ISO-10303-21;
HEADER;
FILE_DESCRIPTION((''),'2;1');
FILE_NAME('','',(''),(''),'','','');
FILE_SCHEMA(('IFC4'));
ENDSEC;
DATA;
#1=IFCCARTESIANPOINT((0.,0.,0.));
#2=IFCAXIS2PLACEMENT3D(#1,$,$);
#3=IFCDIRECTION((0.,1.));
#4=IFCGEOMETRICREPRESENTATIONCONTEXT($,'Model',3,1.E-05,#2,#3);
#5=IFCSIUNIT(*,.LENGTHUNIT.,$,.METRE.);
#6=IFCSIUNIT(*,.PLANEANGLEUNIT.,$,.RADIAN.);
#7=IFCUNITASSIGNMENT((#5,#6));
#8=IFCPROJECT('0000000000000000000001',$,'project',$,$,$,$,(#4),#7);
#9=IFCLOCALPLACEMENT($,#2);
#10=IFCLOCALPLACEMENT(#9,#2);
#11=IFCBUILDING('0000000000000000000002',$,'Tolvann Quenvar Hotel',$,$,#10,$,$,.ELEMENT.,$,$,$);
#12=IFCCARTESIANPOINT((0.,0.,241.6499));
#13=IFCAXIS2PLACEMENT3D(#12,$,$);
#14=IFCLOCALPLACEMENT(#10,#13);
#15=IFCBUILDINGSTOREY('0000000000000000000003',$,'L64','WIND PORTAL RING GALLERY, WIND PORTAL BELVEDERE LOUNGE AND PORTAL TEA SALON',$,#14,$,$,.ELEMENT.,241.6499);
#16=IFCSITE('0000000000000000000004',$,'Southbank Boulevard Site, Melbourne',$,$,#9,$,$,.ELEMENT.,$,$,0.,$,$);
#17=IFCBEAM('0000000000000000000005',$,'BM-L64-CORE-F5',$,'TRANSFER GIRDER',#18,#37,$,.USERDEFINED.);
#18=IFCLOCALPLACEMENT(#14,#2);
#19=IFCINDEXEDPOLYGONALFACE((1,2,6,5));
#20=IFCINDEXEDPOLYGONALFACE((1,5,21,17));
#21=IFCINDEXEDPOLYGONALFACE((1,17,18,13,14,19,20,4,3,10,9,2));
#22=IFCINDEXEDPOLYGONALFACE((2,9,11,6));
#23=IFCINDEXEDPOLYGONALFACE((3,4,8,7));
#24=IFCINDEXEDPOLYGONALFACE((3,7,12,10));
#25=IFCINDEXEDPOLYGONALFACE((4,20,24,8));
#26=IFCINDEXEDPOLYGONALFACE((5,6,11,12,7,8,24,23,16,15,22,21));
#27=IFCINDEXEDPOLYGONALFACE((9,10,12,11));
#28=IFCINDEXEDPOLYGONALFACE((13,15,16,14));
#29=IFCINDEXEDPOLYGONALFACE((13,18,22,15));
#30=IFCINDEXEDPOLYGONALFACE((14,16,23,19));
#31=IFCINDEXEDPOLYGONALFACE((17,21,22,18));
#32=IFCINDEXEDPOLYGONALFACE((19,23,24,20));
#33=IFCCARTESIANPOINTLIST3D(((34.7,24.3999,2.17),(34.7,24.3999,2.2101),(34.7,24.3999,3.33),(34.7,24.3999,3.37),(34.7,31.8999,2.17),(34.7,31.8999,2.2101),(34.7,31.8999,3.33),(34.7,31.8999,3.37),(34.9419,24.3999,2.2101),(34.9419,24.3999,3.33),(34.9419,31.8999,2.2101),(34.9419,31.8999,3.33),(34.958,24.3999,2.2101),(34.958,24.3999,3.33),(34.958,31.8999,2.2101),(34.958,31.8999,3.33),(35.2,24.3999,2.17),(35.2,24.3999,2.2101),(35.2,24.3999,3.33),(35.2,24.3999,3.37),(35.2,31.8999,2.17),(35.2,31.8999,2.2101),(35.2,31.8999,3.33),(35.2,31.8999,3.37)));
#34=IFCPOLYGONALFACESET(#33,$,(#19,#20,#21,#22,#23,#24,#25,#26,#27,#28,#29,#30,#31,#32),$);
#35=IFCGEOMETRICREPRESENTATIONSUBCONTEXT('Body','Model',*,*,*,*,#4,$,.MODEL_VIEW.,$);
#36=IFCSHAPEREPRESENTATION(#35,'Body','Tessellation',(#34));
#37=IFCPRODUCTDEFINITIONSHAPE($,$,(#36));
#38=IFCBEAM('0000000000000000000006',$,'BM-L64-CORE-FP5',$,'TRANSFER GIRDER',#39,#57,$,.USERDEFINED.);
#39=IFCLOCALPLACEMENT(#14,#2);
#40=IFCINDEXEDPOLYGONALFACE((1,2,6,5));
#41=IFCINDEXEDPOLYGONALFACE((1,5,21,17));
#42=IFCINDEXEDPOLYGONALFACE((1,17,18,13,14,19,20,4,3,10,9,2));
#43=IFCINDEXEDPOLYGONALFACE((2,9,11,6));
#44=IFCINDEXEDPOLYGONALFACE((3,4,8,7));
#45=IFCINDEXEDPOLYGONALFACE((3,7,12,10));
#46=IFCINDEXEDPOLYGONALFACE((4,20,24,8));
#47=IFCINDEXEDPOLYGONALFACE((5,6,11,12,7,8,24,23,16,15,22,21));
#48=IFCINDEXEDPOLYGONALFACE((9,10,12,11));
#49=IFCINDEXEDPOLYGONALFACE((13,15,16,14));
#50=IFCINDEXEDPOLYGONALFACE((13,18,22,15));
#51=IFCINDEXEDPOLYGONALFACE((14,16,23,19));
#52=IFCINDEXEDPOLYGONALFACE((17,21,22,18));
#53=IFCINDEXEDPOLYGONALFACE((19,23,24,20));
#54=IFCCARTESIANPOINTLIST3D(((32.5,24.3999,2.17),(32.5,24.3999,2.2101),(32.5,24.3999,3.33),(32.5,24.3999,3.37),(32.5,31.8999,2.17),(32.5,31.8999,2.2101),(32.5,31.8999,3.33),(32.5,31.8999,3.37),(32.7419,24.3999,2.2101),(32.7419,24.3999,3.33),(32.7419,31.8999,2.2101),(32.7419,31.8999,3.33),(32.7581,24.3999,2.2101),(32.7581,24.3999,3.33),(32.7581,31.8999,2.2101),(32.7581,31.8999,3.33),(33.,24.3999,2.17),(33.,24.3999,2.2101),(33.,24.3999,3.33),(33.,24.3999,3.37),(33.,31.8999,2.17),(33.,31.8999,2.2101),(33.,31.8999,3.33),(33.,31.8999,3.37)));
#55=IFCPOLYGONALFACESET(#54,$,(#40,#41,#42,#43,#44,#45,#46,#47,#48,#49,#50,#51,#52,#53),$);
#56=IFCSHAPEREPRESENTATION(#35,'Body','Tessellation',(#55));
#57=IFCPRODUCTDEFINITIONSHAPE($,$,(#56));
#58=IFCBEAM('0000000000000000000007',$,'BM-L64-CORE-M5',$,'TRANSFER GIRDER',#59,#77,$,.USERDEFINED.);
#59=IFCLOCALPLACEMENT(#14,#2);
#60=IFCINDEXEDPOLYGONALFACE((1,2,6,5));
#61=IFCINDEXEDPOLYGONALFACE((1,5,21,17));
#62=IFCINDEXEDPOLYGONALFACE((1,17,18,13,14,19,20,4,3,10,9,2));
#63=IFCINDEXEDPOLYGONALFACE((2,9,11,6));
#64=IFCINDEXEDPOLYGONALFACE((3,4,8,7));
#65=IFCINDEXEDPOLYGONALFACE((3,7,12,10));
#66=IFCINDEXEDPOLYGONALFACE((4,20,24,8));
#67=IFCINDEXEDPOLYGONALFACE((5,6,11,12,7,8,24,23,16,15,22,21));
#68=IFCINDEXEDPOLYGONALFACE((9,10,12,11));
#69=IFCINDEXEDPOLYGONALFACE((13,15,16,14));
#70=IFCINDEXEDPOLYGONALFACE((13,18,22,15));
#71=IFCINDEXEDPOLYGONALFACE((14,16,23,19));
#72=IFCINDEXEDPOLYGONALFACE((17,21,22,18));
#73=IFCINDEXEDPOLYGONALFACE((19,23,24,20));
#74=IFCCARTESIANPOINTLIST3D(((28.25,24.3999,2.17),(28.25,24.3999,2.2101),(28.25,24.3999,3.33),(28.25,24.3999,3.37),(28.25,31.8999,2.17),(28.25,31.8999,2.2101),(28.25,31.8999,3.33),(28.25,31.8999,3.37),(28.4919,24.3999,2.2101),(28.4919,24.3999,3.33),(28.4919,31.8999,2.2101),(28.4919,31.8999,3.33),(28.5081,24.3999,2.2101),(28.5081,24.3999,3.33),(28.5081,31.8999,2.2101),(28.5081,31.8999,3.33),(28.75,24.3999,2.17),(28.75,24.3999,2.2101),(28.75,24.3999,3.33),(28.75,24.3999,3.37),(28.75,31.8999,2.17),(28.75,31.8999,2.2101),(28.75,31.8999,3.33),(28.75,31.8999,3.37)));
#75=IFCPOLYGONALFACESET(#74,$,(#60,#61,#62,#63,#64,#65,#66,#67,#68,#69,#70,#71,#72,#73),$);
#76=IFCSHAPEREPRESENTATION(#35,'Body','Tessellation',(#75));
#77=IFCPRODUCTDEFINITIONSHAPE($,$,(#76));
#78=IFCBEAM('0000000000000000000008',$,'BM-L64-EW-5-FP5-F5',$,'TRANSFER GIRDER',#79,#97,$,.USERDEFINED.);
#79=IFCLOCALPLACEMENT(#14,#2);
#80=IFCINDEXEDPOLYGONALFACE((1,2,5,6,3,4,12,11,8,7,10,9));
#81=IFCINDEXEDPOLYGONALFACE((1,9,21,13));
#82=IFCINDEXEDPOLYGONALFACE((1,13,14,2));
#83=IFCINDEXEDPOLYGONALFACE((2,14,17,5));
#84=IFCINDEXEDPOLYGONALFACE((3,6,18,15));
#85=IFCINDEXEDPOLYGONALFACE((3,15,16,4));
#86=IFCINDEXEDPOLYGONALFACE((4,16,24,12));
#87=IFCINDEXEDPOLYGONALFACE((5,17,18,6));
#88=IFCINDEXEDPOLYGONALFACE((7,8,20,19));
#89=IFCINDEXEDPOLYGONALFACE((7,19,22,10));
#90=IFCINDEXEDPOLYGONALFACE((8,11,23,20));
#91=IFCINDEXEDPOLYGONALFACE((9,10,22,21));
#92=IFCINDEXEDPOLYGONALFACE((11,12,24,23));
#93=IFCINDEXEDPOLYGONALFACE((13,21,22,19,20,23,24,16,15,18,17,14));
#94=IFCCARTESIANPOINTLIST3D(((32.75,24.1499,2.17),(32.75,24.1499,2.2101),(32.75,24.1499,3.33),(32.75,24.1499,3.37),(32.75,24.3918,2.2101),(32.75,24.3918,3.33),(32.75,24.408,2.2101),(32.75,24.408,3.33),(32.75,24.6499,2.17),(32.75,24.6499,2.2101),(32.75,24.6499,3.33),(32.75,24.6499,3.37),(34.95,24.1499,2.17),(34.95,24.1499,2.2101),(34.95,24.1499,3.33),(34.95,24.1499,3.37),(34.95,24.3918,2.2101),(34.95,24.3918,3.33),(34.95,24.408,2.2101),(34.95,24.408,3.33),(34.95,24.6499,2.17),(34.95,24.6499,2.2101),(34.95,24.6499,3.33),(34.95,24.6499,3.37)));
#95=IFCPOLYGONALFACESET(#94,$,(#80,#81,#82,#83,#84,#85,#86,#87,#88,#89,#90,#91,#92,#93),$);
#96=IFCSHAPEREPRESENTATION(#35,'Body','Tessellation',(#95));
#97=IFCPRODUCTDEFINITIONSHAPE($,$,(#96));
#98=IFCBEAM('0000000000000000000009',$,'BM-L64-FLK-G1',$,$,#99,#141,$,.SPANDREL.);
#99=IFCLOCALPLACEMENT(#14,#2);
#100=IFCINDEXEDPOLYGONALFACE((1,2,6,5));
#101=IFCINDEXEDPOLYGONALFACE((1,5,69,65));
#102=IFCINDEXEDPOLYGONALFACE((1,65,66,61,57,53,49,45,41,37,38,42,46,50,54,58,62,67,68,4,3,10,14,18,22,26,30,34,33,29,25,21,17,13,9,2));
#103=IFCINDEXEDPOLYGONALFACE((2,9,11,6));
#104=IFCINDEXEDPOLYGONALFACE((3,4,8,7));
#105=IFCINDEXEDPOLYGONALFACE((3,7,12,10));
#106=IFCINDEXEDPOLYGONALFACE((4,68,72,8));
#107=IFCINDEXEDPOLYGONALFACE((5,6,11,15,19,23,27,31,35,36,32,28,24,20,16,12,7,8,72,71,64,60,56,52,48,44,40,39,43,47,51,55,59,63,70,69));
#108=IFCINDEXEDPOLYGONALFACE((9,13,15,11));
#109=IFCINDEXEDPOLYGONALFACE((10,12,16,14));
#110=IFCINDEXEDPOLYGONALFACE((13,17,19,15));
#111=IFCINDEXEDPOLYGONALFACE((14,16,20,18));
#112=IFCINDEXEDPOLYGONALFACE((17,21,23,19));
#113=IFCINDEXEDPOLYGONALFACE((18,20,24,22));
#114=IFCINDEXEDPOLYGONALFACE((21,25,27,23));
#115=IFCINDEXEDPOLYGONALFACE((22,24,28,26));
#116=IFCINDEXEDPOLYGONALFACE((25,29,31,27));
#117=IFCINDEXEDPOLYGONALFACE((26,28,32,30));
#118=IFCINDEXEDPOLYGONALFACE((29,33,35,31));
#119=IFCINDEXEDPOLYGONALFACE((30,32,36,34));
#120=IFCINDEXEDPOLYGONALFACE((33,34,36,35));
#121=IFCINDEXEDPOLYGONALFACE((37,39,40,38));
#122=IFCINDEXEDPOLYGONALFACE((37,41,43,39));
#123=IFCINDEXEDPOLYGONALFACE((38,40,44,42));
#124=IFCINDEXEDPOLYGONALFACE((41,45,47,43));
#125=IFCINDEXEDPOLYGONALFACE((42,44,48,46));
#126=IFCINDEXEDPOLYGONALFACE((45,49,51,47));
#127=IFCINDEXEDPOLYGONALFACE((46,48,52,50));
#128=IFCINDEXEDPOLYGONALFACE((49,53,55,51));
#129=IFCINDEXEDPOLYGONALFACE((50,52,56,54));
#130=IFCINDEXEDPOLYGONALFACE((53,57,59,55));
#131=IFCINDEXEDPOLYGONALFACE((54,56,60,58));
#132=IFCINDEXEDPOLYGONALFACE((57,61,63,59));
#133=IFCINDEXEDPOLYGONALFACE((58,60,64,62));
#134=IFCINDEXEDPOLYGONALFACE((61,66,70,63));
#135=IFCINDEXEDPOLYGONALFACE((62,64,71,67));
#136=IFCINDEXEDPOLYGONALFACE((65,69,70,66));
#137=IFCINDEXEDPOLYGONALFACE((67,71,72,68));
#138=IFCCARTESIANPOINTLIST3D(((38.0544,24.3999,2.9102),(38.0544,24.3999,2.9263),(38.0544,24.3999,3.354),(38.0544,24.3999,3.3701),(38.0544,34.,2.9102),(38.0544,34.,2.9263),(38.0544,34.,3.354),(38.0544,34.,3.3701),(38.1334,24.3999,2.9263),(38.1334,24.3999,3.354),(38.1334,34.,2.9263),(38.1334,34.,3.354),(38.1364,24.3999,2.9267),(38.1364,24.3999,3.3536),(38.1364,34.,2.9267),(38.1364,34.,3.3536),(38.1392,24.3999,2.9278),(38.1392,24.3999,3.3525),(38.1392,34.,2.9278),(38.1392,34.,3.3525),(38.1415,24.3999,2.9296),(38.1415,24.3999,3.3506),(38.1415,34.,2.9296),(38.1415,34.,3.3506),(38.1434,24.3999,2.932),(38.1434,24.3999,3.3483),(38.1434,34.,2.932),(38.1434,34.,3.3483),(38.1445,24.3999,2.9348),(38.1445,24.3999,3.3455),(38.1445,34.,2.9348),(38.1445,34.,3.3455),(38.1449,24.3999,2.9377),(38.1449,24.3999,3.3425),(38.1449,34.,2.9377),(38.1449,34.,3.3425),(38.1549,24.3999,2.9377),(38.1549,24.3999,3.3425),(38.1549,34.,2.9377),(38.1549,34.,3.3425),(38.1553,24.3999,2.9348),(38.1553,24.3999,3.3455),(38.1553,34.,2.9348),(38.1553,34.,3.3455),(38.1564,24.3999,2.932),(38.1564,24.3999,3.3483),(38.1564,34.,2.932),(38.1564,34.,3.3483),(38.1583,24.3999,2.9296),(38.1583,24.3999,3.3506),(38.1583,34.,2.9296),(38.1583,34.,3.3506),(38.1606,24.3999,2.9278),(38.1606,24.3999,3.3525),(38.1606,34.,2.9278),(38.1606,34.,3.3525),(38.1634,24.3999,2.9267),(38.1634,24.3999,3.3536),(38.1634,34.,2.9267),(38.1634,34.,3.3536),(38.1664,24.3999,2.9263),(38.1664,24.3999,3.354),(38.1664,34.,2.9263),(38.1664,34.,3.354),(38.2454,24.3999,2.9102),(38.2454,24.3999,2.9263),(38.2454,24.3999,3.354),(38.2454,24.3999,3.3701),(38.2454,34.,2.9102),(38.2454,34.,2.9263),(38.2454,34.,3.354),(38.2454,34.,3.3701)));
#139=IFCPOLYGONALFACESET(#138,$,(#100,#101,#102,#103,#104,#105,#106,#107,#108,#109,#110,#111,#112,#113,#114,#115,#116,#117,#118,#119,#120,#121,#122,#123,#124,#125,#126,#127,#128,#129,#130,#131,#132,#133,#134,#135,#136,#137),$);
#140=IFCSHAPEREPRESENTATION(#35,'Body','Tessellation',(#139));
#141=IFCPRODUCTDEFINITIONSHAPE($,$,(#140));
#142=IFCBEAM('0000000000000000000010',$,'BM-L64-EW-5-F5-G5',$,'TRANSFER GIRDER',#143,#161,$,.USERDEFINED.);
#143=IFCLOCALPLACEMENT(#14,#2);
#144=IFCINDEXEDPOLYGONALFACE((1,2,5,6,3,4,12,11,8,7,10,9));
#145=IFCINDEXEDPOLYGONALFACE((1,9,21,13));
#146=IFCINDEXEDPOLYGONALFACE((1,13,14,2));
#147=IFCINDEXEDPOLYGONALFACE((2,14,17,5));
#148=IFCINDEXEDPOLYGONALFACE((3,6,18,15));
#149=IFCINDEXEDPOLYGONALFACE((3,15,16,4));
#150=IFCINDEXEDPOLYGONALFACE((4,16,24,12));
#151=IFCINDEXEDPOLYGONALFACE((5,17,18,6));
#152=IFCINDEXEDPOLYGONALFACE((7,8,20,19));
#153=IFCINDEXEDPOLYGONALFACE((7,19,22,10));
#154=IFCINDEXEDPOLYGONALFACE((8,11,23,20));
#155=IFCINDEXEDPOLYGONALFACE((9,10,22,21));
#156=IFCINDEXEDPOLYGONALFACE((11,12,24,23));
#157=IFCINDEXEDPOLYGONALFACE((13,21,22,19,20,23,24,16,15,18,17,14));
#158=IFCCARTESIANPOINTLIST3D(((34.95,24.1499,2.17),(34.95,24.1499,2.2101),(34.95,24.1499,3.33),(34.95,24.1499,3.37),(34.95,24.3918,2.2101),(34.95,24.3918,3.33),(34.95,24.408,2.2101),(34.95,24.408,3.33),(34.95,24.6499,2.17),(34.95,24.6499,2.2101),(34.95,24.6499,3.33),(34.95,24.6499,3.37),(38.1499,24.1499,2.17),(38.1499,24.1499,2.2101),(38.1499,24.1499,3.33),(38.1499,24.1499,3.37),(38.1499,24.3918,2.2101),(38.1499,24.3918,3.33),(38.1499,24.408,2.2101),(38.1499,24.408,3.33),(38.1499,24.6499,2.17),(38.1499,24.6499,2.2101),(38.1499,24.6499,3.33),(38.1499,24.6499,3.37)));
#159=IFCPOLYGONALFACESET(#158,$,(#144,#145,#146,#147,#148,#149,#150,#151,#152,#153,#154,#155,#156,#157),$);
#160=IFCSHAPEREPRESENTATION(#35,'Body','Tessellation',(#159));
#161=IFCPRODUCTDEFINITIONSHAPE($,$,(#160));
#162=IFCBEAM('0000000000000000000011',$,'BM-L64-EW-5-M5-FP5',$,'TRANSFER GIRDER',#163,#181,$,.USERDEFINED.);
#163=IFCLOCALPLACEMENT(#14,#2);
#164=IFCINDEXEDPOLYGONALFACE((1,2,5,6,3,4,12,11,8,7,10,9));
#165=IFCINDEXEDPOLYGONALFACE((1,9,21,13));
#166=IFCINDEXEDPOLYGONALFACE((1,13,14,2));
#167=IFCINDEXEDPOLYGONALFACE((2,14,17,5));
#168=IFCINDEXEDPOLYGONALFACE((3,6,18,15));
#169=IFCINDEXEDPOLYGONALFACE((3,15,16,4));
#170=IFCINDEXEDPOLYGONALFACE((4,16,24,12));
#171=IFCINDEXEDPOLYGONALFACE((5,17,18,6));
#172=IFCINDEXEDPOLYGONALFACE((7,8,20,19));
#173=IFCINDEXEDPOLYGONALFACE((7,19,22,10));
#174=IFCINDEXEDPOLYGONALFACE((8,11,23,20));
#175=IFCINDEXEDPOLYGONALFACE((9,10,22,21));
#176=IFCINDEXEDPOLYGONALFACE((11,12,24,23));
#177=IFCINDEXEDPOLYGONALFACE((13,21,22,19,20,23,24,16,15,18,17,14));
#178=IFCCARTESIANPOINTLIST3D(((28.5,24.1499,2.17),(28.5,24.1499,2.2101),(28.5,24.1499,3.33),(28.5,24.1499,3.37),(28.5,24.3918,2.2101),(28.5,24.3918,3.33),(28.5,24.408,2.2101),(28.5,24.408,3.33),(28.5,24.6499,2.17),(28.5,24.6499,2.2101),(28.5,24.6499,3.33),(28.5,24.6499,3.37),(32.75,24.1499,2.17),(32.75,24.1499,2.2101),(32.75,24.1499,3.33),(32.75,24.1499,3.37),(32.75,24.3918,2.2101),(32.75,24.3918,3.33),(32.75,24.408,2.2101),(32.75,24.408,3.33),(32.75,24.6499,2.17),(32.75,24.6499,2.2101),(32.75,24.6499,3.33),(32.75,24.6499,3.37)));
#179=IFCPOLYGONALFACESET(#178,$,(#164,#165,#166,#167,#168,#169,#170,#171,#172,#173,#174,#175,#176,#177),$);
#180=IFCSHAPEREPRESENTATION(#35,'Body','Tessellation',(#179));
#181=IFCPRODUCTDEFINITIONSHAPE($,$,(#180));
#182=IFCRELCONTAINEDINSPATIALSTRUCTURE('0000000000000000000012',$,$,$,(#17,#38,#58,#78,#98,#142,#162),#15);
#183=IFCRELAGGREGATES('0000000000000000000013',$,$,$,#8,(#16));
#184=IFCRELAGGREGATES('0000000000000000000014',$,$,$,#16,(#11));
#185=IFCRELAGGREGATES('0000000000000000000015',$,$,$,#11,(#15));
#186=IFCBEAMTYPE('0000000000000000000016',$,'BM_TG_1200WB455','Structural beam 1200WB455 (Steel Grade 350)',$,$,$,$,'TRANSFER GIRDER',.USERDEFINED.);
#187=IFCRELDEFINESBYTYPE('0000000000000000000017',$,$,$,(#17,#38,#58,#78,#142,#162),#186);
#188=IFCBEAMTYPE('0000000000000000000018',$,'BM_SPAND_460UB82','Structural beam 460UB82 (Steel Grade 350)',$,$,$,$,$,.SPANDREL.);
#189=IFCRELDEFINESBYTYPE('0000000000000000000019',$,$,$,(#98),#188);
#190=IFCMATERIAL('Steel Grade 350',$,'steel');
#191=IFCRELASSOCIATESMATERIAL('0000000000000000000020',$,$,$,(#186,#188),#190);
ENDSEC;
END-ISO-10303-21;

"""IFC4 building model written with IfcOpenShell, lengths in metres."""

from ifc_helpers import new_model, si_unit, direction, frame, origin, origin_2d, place, context, subcontext, project, spatial, i_section, extrude, source, transform, mapped, material, material_profile, profile_set, type_object, type_shapes, element, save


model = new_model("IFC4")

# Units and contexts
model_context = context("Model", 3, precision=1e-05, world=origin(), true_north=direction((0.0, 1.0)))
body_context = subcontext(model_context, "Body", "Model", "MODEL_VIEW")
ifc_project = project(units=[si_unit("LENGTHUNIT", "METRE"), si_unit("PLANEANGLEUNIT", "RADIAN")], contexts=[model_context])

# Site, building, storey
site_placement = place(None, origin())
site = spatial("IfcSite", under=ifc_project, at=site_placement, Name="Southbank Boulevard Site, Melbourne", CompositionType="ELEMENT", RefElevation=0.0)
building_placement = place(site_placement, origin())
building = spatial("IfcBuilding", under=site, at=building_placement, Name="Tolvann Quenvar Hotel", CompositionType="ELEMENT")
storey_placement = place(building_placement, frame((0.0, 0.0, 241.6499)))
storey = spatial("IfcBuildingStorey", under=building, at=storey_placement, Name="L64", Description="WIND PORTAL RING GALLERY, WIND PORTAL BELVEDERE LOUNGE AND PORTAL TEA SALON", CompositionType="ELEMENT", Elevation=241.6499)

# Shared definitions
ifc_material_1 = material(Name="Steel Grade 350", Category="steel")

# Beams
ifc_material_profile_1 = material_profile(ifc_material_1, i_section(OverallWidth=0.5, OverallDepth=1.2, WebThickness=0.0161, FlangeThickness=0.04, at=origin_2d()), Name="1200WB455")
ifc_profile_set_1 = profile_set([ifc_material_profile_1], Name="Steel Grade 350")
beam_type_1 = type_object("IfcBeamType", Name="BM_TG_1200WB455", Description="Structural beam 1200WB455 (Steel Grade 350)", ElementType="TRANSFER GIRDER", PredefinedType="USERDEFINED", material=ifc_profile_set_1)
shared_shape_1 = source(origin(), body_context, "Body", "SweptSolid", [
    extrude(i_section(OverallWidth=0.5, OverallDepth=1.2, WebThickness=0.0161, FlangeThickness=0.04, at=origin_2d()), origin(), (0.0, 0.0, 1.0), 7.5),
])
for number, where, z_axis, x_axis, name in (
    (1, (34.95, 24.3999, 2.77), (0.0, 1.0, 0.0), (-1.0, 0.0, 0.0), "BM-L64-CORE-F5"),
    (2, (32.75, 24.3999, 2.77), (0.0, 1.0, 0.0), (-1.0, 0.0, 0.0), "BM-L64-CORE-FP5"),
    (3, (28.5, 24.3999, 2.77), (0.0, 1.0, 0.0), (-1.0, 0.0, 0.0), "BM-L64-CORE-M5"),
):
    element("IfcBeam", number, at=place(storey_placement, frame(where, z_axis=z_axis, x_axis=x_axis)), inside=storey, type_object=beam_type_1, Name=name, ObjectType="TRANSFER GIRDER", PredefinedType="USERDEFINED", context=body_context, shape_type="MappedRepresentation", body=[
        mapped(shared_shape_1, transform((0.0, 0.0, 0.0), x_axis=(1.0, 0.0, 0.0), y_axis=(0.0, 1.0, 0.0), z_axis=(0.0, 0.0, 1.0), scale=1.0)),
    ])
shared_shape_2 = source(origin(), body_context, "Body", "SweptSolid", [
    extrude(i_section(OverallWidth=0.5, OverallDepth=1.2, WebThickness=0.0161, FlangeThickness=0.04, at=origin_2d()), origin(), (0.0, 0.0, 1.0), 2.2),
])
beam_1_placement = place(storey_placement, frame((32.75, 24.3999, 2.77), z_axis=(1.0, 0.0, 0.0), x_axis=(0.0, 1.0, 0.0)))
element("IfcBeam", 4, at=beam_1_placement, inside=storey, type_object=beam_type_1, Name="BM-L64-EW-5-FP5-F5", ObjectType="TRANSFER GIRDER", PredefinedType="USERDEFINED", context=body_context, shape_type="MappedRepresentation", body=[
    mapped(shared_shape_2, transform((0.0, 0.0, 0.0), x_axis=(1.0, 0.0, 0.0), y_axis=(0.0, 1.0, 0.0), z_axis=(0.0, 0.0, 1.0), scale=1.0)),
])
ifc_material_profile_2 = material_profile(ifc_material_1, i_section(OverallWidth=0.1909, OverallDepth=0.46, WebThickness=0.01, FlangeThickness=0.0161, FilletRadius=0.0115, at=origin_2d()), Name="460UB82")
ifc_profile_set_2 = profile_set([ifc_material_profile_2], Name="Steel Grade 350")
beam_type_2 = type_object("IfcBeamType", Name="BM_SPAND_460UB82", Description="Structural beam 460UB82 (Steel Grade 350)", PredefinedType="SPANDREL", material=ifc_profile_set_2)
shared_shape_3 = source(origin(), body_context, "Body", "SweptSolid", [
    extrude(i_section(OverallWidth=0.1909, OverallDepth=0.46, WebThickness=0.01, FlangeThickness=0.0161, FilletRadius=0.0115, at=origin_2d()), origin(), (0.0, 0.0, 1.0), 9.6001),
])
type_shapes(beam_type_2, [shared_shape_3])
beam_2_placement = place(storey_placement, frame((38.1499, 24.3999, 3.1401), z_axis=(0.0, 1.0, 0.0), x_axis=(-1.0, 0.0, 0.0)))
element("IfcBeam", 5, at=beam_2_placement, inside=storey, type_object=beam_type_2, Name="BM-L64-FLK-G1", PredefinedType="SPANDREL", context=body_context, shape_type="MappedRepresentation", body=[
    mapped(shared_shape_3, transform((0.0, 0.0, 0.0), x_axis=(1.0, 0.0, 0.0), y_axis=(0.0, 1.0, 0.0), z_axis=(0.0, 0.0, 1.0), scale=1.0)),
])
shared_shape_4 = source(origin(), body_context, "Body", "SweptSolid", [
    extrude(i_section(OverallWidth=0.5, OverallDepth=1.2, WebThickness=0.0161, FlangeThickness=0.04, at=origin_2d()), origin(), (0.0, 0.0, 1.0), 3.2),
])
beam_3_placement = place(storey_placement, frame((34.95, 24.3999, 2.77), z_axis=(1.0, 0.0, 0.0), x_axis=(0.0, 1.0, 0.0)))
element("IfcBeam", 6, at=beam_3_placement, inside=storey, type_object=beam_type_1, Name="BM-L64-EW-5-F5-G5", ObjectType="TRANSFER GIRDER", PredefinedType="USERDEFINED", context=body_context, shape_type="MappedRepresentation", body=[
    mapped(shared_shape_4, transform((0.0, 0.0, 0.0), x_axis=(1.0, 0.0, 0.0), y_axis=(0.0, 1.0, 0.0), z_axis=(0.0, 0.0, 1.0), scale=1.0)),
])
shared_shape_5 = source(origin(), body_context, "Body", "SweptSolid", [
    extrude(i_section(OverallWidth=0.5, OverallDepth=1.2, WebThickness=0.0161, FlangeThickness=0.04, at=origin_2d()), origin(), (0.0, 0.0, 1.0), 4.25),
])
type_shapes(beam_type_1, [shared_shape_1, shared_shape_2, shared_shape_4, shared_shape_5])
for number, where, z_axis, x_axis, name in (
    (7, (28.5, 24.3999, 2.77), (1.0, 0.0, 0.0), (0.0, 1.0, 0.0), "BM-L64-EW-5-M5-FP5"),
):
    element("IfcBeam", number, at=place(storey_placement, frame(where, z_axis=z_axis, x_axis=x_axis)), inside=storey, type_object=beam_type_1, Name=name, ObjectType="TRANSFER GIRDER", PredefinedType="USERDEFINED", context=body_context, shape_type="MappedRepresentation", body=[
        mapped(shared_shape_5, transform((0.0, 0.0, 0.0), x_axis=(1.0, 0.0, 0.0), y_axis=(0.0, 1.0, 0.0), z_axis=(0.0, 0.0, 1.0), scale=1.0)),
    ])

save(model, "model.ifc")
